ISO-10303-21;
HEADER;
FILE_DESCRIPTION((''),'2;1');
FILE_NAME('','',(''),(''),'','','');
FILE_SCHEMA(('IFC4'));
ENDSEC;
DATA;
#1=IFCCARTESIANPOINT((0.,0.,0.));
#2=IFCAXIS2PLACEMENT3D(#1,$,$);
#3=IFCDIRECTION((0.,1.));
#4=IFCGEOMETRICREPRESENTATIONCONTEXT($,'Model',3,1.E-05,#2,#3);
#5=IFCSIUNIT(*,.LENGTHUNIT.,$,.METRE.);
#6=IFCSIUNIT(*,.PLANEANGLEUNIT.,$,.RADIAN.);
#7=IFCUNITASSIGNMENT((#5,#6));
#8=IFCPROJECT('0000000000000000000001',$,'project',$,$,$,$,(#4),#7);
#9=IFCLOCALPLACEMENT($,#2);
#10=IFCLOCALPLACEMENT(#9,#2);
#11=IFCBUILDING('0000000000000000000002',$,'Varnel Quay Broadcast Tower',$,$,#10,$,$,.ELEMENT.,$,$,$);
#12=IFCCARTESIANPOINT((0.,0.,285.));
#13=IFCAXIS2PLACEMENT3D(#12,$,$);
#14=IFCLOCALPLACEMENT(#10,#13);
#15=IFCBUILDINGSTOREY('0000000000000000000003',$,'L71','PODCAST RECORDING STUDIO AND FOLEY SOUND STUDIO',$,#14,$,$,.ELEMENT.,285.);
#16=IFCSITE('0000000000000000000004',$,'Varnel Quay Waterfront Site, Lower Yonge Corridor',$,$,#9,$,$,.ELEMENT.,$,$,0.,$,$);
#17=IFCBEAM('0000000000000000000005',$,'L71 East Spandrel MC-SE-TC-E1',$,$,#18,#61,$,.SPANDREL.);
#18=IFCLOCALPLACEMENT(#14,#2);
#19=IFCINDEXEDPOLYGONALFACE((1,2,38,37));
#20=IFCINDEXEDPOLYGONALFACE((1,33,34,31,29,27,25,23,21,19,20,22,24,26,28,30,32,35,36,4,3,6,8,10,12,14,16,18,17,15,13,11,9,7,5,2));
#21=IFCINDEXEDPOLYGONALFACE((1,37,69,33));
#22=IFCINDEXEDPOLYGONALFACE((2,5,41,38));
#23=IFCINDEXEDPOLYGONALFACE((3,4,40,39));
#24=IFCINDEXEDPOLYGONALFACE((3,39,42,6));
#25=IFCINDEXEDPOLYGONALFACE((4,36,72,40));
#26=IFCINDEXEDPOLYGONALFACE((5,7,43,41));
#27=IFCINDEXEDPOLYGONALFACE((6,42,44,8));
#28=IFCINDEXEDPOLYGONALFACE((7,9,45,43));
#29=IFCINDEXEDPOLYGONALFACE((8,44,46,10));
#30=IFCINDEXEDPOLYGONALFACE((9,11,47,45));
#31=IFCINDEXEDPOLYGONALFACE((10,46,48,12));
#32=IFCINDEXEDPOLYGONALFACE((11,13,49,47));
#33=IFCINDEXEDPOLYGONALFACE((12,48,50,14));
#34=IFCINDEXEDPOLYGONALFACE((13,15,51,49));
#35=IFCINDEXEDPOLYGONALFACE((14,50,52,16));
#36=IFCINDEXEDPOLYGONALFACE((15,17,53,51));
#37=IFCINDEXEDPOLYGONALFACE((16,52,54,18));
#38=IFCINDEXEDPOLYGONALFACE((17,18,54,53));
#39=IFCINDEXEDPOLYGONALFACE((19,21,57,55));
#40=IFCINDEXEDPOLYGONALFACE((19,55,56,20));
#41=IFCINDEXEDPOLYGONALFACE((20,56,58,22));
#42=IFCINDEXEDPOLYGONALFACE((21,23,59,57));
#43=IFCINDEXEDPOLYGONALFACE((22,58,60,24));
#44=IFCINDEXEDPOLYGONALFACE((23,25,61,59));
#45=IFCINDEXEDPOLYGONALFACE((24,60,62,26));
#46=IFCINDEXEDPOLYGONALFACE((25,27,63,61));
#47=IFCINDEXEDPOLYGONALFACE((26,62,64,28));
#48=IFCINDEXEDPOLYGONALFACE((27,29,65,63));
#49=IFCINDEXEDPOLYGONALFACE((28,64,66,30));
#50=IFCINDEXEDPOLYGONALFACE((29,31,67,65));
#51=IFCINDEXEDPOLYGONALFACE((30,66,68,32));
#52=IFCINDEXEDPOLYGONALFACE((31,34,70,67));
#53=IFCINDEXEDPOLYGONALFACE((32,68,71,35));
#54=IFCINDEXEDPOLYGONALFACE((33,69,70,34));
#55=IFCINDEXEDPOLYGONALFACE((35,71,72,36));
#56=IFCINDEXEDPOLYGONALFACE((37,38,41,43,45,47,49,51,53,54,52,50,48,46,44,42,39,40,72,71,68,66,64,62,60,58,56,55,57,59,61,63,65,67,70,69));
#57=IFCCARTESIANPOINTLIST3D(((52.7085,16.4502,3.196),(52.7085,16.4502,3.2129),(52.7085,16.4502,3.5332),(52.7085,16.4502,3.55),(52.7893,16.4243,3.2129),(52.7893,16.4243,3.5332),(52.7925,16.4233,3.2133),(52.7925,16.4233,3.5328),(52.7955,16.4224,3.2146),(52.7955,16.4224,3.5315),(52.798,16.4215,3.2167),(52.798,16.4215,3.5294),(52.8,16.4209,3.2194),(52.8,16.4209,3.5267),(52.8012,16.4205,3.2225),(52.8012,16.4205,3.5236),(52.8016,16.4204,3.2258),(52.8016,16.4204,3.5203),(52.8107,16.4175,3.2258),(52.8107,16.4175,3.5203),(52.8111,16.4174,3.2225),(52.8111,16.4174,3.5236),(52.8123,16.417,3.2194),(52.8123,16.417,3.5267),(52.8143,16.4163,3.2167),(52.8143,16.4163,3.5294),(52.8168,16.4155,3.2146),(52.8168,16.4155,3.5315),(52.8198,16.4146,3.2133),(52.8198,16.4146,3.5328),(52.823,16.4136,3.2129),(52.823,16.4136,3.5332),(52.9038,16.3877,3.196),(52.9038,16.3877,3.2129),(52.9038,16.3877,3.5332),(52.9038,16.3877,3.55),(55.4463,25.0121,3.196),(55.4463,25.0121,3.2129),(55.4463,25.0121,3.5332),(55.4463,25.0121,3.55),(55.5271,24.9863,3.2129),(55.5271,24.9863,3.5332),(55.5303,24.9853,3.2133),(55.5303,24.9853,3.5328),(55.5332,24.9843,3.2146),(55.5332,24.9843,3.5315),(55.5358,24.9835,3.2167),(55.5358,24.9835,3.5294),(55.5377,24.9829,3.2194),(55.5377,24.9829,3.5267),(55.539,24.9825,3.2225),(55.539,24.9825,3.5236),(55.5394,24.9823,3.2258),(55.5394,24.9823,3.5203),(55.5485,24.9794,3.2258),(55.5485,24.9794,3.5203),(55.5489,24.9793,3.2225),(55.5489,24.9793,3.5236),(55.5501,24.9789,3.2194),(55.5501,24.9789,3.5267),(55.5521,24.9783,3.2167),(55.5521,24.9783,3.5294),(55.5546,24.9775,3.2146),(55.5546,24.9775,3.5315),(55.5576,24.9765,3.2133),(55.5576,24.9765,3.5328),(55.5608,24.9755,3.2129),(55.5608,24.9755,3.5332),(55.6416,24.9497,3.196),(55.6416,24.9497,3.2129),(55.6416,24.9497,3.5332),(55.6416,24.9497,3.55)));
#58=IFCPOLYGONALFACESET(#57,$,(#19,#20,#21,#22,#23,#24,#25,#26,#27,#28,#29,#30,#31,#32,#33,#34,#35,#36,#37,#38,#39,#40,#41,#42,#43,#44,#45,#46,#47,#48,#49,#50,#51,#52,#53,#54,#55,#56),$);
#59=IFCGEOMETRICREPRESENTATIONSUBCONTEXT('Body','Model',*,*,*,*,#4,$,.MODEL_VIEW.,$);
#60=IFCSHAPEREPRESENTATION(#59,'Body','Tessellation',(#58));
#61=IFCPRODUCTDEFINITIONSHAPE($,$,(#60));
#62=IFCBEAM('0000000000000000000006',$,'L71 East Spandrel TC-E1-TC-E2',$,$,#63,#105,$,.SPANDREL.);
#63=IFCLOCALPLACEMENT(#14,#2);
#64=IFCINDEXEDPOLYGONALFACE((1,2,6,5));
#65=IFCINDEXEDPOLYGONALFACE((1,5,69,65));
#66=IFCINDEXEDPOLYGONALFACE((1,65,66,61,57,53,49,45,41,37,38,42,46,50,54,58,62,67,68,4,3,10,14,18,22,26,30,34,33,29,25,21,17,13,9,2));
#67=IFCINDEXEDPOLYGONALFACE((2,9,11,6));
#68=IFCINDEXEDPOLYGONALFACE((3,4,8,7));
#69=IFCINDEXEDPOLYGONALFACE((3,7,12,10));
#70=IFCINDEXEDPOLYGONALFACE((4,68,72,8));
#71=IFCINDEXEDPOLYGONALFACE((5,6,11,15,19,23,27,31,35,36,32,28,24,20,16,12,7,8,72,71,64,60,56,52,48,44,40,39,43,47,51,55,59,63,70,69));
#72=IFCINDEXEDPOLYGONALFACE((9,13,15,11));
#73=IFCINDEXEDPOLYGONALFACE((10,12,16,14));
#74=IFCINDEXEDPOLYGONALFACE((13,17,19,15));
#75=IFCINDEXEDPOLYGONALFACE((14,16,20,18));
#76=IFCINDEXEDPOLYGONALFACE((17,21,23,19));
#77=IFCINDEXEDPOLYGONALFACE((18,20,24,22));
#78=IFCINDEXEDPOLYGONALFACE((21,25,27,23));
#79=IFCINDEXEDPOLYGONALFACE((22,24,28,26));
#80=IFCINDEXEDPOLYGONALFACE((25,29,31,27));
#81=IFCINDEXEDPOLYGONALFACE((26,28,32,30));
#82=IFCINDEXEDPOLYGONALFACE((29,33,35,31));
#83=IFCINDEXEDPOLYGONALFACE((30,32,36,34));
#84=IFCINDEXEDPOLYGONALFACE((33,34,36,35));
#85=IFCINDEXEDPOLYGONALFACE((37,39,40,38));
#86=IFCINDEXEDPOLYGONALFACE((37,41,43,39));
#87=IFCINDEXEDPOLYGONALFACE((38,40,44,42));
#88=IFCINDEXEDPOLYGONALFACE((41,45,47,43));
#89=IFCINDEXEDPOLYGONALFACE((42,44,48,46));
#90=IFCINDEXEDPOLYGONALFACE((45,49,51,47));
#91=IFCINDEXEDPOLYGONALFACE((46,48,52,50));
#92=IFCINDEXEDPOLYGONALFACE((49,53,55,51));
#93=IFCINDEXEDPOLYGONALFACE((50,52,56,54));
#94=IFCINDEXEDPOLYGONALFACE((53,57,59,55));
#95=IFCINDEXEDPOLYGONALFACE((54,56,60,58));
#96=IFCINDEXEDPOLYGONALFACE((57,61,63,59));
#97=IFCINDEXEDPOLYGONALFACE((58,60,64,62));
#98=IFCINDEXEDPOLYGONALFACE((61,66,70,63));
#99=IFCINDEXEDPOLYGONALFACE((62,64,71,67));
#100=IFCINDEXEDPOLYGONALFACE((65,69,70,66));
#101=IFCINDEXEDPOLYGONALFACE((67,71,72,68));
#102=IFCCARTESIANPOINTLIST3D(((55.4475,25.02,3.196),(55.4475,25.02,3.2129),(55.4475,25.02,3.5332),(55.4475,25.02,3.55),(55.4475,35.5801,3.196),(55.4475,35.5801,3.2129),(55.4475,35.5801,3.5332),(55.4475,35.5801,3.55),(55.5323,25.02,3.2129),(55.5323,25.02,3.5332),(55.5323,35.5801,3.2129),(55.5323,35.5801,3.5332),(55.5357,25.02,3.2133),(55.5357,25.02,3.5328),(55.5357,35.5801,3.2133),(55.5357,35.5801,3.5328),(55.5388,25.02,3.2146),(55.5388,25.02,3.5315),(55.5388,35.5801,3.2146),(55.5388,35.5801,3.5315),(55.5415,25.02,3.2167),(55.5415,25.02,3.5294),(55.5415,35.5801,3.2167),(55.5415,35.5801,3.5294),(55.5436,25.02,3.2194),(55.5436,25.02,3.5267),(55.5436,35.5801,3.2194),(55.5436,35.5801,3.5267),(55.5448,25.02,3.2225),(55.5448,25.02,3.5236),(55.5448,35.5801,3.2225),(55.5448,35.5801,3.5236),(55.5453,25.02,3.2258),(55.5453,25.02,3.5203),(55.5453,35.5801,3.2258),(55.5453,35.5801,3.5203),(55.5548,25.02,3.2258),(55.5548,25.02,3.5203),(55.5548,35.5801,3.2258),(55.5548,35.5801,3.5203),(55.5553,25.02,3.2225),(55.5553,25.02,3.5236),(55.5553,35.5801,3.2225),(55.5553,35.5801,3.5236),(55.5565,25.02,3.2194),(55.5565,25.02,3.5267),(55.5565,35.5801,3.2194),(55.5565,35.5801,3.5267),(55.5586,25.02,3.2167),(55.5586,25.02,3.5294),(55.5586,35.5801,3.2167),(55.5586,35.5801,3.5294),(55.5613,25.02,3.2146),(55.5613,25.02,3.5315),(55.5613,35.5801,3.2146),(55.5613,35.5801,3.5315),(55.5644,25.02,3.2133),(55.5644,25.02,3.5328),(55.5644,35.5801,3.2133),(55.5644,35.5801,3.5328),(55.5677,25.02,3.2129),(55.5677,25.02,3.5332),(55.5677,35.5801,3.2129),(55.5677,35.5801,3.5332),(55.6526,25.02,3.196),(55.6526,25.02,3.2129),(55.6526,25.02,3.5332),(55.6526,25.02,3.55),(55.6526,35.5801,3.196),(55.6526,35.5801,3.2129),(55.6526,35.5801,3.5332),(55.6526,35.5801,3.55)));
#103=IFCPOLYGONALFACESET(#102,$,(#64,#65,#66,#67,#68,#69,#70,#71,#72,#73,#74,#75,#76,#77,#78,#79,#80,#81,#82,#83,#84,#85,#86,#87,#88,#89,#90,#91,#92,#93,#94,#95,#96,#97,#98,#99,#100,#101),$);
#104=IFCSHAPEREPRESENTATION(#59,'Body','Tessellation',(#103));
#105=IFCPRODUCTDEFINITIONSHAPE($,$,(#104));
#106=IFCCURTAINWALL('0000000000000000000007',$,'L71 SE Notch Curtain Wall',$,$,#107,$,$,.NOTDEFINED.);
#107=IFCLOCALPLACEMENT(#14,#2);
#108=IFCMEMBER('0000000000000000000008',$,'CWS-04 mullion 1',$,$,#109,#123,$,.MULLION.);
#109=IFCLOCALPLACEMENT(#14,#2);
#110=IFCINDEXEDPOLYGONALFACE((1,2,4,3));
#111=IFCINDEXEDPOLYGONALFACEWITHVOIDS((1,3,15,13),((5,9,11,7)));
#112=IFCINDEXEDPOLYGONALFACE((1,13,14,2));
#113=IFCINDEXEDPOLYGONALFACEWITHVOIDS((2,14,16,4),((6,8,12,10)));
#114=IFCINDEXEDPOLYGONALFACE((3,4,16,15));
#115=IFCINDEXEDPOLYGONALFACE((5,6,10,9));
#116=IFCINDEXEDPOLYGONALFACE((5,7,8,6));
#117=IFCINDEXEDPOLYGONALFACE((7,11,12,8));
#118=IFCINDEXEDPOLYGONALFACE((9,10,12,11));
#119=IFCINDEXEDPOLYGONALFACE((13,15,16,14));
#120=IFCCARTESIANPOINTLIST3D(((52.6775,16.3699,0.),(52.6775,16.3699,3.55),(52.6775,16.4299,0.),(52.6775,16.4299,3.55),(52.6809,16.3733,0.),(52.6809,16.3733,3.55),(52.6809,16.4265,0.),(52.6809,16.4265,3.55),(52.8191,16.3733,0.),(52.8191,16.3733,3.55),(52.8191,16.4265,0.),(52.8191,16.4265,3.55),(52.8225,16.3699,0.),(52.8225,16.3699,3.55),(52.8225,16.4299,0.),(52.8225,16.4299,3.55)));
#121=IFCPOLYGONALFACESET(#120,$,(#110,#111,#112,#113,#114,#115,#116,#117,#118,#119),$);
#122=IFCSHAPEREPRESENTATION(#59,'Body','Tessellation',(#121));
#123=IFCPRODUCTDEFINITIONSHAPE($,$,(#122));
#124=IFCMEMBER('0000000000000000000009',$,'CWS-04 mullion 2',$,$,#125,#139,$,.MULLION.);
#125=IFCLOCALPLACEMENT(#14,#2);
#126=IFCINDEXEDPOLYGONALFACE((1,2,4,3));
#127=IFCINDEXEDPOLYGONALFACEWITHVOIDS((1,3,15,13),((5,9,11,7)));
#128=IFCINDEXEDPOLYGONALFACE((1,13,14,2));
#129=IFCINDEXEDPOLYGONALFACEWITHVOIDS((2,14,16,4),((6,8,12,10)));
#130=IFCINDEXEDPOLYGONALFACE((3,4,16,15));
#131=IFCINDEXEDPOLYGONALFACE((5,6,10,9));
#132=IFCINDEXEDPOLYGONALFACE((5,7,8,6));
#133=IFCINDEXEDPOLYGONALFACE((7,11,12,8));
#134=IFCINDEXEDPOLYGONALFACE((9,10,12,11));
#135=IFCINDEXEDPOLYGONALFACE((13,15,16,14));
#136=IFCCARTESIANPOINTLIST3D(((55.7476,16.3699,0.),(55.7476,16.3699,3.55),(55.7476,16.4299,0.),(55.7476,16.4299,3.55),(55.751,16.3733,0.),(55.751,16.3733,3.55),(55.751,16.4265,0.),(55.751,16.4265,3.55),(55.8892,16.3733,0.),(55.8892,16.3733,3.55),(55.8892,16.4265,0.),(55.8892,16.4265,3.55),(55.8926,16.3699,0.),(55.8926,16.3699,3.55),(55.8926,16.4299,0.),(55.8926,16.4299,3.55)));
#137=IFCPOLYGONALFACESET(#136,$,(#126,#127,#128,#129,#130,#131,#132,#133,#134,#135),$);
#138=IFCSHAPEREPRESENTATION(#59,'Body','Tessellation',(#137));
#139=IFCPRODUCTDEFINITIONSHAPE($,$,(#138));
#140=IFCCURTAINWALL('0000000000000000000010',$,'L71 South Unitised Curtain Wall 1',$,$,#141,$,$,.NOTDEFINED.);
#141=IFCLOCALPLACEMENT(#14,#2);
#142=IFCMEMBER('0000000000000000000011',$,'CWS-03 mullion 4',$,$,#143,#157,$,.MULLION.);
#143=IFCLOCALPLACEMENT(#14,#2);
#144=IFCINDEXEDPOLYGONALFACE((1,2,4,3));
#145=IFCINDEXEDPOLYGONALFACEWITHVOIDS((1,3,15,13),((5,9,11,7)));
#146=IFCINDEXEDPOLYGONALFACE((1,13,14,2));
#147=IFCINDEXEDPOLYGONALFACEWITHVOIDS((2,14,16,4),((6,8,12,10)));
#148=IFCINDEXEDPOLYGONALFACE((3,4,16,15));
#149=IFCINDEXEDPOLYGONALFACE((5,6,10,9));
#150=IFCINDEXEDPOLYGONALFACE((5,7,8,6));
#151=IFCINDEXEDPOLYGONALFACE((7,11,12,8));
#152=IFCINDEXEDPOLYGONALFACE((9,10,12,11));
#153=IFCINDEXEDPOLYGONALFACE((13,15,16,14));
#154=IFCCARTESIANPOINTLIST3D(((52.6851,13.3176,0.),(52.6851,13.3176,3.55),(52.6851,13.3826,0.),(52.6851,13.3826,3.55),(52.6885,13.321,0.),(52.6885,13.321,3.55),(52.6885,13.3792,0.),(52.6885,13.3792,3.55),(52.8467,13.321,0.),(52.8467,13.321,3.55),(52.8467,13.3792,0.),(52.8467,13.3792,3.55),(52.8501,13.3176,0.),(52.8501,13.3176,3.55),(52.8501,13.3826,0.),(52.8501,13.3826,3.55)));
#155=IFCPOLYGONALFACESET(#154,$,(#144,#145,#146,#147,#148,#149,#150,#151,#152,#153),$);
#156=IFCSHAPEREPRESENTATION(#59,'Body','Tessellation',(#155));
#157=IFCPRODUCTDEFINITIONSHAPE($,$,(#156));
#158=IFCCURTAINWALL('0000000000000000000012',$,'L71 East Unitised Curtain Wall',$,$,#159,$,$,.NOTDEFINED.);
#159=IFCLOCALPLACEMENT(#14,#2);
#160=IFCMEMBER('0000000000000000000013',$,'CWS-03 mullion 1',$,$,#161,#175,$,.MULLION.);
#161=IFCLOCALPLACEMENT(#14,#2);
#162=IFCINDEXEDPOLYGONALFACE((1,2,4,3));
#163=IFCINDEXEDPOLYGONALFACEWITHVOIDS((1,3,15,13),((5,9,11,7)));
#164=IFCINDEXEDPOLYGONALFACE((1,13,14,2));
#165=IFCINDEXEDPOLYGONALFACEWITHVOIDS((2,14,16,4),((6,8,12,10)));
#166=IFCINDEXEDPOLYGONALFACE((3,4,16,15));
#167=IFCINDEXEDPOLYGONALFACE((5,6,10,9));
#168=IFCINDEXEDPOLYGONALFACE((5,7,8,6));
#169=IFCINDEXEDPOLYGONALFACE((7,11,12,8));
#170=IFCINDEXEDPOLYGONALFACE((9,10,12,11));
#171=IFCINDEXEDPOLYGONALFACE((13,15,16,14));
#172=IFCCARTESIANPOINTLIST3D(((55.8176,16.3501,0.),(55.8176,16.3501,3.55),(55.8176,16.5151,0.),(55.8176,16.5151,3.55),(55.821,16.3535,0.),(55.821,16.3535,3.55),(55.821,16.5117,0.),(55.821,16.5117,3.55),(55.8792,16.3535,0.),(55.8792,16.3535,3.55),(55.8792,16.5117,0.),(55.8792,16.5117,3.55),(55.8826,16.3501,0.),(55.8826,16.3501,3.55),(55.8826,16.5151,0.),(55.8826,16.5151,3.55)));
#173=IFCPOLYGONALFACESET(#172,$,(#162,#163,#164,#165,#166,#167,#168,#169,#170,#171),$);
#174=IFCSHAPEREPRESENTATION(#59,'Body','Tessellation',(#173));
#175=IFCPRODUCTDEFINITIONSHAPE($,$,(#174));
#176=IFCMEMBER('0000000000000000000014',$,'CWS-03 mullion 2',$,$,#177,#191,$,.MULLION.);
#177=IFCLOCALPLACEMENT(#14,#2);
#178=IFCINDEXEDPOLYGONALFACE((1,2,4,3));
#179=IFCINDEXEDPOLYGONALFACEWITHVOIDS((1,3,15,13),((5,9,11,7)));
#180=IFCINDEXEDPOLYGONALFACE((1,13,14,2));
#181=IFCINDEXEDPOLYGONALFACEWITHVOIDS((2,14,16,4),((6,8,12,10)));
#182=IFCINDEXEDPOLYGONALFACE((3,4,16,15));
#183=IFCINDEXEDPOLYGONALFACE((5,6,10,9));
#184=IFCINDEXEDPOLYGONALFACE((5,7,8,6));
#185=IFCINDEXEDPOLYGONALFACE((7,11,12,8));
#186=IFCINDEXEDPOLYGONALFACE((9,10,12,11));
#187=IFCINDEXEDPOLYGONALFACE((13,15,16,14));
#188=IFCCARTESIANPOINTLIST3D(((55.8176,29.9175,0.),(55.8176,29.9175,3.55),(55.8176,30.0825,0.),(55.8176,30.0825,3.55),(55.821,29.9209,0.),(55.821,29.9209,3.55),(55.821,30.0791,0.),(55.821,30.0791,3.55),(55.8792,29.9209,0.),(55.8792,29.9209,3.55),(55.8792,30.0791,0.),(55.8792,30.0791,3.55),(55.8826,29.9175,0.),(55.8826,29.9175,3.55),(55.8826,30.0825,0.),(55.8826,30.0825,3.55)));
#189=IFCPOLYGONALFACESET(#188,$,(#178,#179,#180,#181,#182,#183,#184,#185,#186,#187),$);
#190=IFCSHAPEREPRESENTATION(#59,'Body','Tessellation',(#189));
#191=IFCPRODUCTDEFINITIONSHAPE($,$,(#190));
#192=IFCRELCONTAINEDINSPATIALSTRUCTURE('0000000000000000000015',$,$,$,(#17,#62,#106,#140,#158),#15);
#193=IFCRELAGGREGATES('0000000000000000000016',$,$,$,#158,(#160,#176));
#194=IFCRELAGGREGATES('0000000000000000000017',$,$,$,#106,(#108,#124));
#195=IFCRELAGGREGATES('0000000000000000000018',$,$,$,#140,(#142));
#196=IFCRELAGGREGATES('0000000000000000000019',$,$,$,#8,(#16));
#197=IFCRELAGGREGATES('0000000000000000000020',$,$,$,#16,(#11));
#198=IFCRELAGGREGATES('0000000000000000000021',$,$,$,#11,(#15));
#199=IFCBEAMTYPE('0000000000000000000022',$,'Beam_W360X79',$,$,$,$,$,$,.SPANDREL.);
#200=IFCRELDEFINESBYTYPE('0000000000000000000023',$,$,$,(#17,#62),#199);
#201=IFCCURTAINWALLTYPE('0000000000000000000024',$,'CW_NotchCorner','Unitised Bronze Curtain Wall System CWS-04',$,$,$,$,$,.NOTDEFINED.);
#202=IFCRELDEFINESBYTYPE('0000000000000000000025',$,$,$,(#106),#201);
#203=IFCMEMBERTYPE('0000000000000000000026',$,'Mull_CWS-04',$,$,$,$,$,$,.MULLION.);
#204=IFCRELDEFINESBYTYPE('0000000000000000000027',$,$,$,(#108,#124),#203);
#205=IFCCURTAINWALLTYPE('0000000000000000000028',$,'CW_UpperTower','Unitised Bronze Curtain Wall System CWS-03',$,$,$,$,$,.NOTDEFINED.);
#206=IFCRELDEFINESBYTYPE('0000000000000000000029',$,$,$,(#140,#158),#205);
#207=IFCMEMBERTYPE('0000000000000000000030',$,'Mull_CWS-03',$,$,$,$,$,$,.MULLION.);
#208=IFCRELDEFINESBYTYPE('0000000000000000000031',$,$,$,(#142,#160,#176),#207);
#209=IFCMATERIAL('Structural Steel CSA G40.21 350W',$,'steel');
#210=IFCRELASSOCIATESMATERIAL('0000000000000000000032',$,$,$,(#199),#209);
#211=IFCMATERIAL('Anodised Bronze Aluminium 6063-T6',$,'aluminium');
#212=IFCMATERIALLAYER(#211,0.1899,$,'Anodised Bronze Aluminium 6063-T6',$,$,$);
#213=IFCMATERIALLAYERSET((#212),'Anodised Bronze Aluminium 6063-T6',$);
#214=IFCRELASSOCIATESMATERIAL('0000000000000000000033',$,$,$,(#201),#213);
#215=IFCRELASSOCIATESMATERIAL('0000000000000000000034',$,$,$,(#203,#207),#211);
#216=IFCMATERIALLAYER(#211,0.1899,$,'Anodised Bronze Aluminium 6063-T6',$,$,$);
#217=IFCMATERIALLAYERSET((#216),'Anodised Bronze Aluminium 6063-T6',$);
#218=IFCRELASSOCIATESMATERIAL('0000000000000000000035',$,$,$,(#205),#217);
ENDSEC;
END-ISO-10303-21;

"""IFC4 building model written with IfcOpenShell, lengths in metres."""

from ifc_helpers import new_model, si_unit, direction, frame, origin, origin_2d, place, context, subcontext, project, spatial, hollow_rectangle, i_section, extrude, source, transform, mapped, material, layer, layer_set, material_profile, profile_set, type_object, type_shapes, element, aggregate, save


model = new_model("IFC4")

# Units and contexts
model_context = context("Model", 3, precision=1e-05, world=origin(), true_north=direction((0.0, 1.0)))
body_context = subcontext(model_context, "Body", "Model", "MODEL_VIEW")
ifc_project = project(units=[si_unit("LENGTHUNIT", "METRE"), si_unit("PLANEANGLEUNIT", "RADIAN")], contexts=[model_context])

# Site, building, storey
site_placement = place(None, origin())
site = spatial("IfcSite", under=ifc_project, at=site_placement, Name="Varnel Quay Waterfront Site, Lower Yonge Corridor", CompositionType="ELEMENT", RefElevation=0.0)
building_placement = place(site_placement, origin())
building = spatial("IfcBuilding", under=site, at=building_placement, Name="Varnel Quay Broadcast Tower", CompositionType="ELEMENT")
storey_placement = place(building_placement, frame((0.0, 0.0, 285.0)))
storey = spatial("IfcBuildingStorey", under=building, at=storey_placement, Name="L71", Description="PODCAST RECORDING STUDIO AND FOLEY SOUND STUDIO", CompositionType="ELEMENT", Elevation=285.0)

# Shared definitions
ifc_material_1 = material(Name="Structural Steel CSA G40.21 350W", Category="steel")

# Beams
ifc_material_profile_1 = material_profile(ifc_material_1, i_section(OverallWidth=0.2051, OverallDepth=0.354, WebThickness=0.0095, FlangeThickness=0.0168, FilletRadius=0.0129, at=origin_2d()), Name="W360X79")
ifc_profile_set_1 = profile_set([ifc_material_profile_1], Name="Structural Steel CSA G40.21 350W")
beam_type = type_object("IfcBeamType", Name="Beam_W360X79", PredefinedType="SPANDREL", material=ifc_profile_set_1)
shared_shape_1 = source(origin(), body_context, "Body", "SweptSolid", [
    extrude(i_section(OverallWidth=0.2051, OverallDepth=0.354, WebThickness=0.0095, FlangeThickness=0.0168, FilletRadius=0.0129, at=origin_2d()), origin(), (0.0, 0.0, 1.0), 8.989),
])
beam_1_placement = place(storey_placement, frame((52.8062, 16.4189, 3.373), z_axis=(0.304569, 0.95249, 0.0), x_axis=(-0.95249, 0.304569, 0.0)))
element("IfcBeam", 1, at=beam_1_placement, inside=storey, type_object=beam_type, Name="L71 East Spandrel MC-SE-TC-E1", PredefinedType="SPANDREL", context=body_context, shape_type="MappedRepresentation", body=[
    mapped(shared_shape_1, transform((0.0, 0.0, 0.0), x_axis=(1.0, 0.0, 0.0), y_axis=(0.0, 1.0, 0.0), z_axis=(0.0, 0.0, 1.0), scale=1.0)),
])
shared_shape_2 = source(origin(), body_context, "Body", "SweptSolid", [
    extrude(i_section(OverallWidth=0.2051, OverallDepth=0.354, WebThickness=0.0095, FlangeThickness=0.0168, FilletRadius=0.0129, at=origin_2d()), origin(), (0.0, 0.0, 1.0), 10.5601),
])
beam_2_placement = place(storey_placement, frame((55.55, 25.02, 3.373), z_axis=(0.0, 1.0, 0.0), x_axis=(-1.0, 0.0, 0.0)))
element("IfcBeam", 2, at=beam_2_placement, inside=storey, type_object=beam_type, Name="L71 East Spandrel TC-E1-TC-E2", PredefinedType="SPANDREL", context=body_context, shape_type="MappedRepresentation", body=[
    mapped(shared_shape_2, transform((0.0, 0.0, 0.0), x_axis=(1.0, 0.0, 0.0), y_axis=(0.0, 1.0, 0.0), z_axis=(0.0, 0.0, 1.0), scale=1.0)),
])

# Curtain wall, members
ifc_material_2 = material(Name="Anodised Bronze Aluminium 6063-T6", Category="aluminium")
ifc_layer_1 = layer(ifc_material_2, 0.1899, Name="Anodised Bronze Aluminium 6063-T6")
ifc_layer_set_1 = layer_set([ifc_layer_1], Name="Anodised Bronze Aluminium 6063-T6")
curtain_wall_type_1 = type_object("IfcCurtainWallType", Name="CW_NotchCorner", Description="Unitised Bronze Curtain Wall System CWS-04", PredefinedType="NOTDEFINED", material=ifc_layer_set_1)
curtain_wall_1_placement = place(storey_placement, origin())
curtain_wall_1 = element("IfcCurtainWall", 3, at=curtain_wall_1_placement, inside=storey, type_object=curtain_wall_type_1, Name="L71 SE Notch Curtain Wall", PredefinedType="NOTDEFINED")
ifc_material_profile_2 = material_profile(ifc_material_2, hollow_rectangle(XDim=0.0601, YDim=0.145, WallThickness=0.0034, at=origin_2d()), Name="ALU60X145X3.5")
ifc_profile_set_2 = profile_set([ifc_material_profile_2], Name="Anodised Bronze Aluminium 6063-T6")
member_type_1 = type_object("IfcMemberType", Name="Mull_CWS-04", PredefinedType="MULLION", material=ifc_profile_set_2)
shared_shape_3 = source(origin(), body_context, "Body", "SweptSolid", [
    extrude(hollow_rectangle(XDim=0.0601, YDim=0.145, WallThickness=0.0034, at=origin_2d()), origin(), (0.0, 0.0, 1.0), 3.55),
])
type_shapes(member_type_1, [shared_shape_3])
member_1_placement = place(storey_placement, frame((52.75, 16.3999, 0.0), z_axis=(0.0, 0.0, 1.0), x_axis=(0.0, 1.0, 0.0)))
member_1 = element("IfcMember", 4, at=member_1_placement, type_object=member_type_1, Name="CWS-04 mullion 1", PredefinedType="MULLION", context=body_context, shape_type="MappedRepresentation", body=[
    mapped(shared_shape_3, transform((0.0, 0.0, 0.0), x_axis=(1.0, 0.0, 0.0), y_axis=(0.0, 1.0, 0.0), z_axis=(0.0, 0.0, 1.0), scale=1.0)),
])
member_2_placement = place(storey_placement, frame((55.8201, 16.3999, 0.0), z_axis=(0.0, 0.0, 1.0), x_axis=(0.0, 1.0, 0.0)))
member_2 = element("IfcMember", 5, at=member_2_placement, type_object=member_type_1, Name="CWS-04 mullion 2", PredefinedType="MULLION", context=body_context, shape_type="MappedRepresentation", body=[
    mapped(shared_shape_3, transform((0.0, 0.0, 0.0), x_axis=(1.0, 0.0, 0.0), y_axis=(0.0, 1.0, 0.0), z_axis=(0.0, 0.0, 1.0), scale=1.0)),
])

# Curtain wall, member
ifc_layer_2 = layer(ifc_material_2, 0.1899, Name="Anodised Bronze Aluminium 6063-T6")
ifc_layer_set_2 = layer_set([ifc_layer_2], Name="Anodised Bronze Aluminium 6063-T6")
curtain_wall_type_2 = type_object("IfcCurtainWallType", Name="CW_UpperTower", Description="Unitised Bronze Curtain Wall System CWS-03", PredefinedType="NOTDEFINED", material=ifc_layer_set_2)
curtain_wall_2_placement = place(storey_placement, origin())
curtain_wall_2 = element("IfcCurtainWall", 6, at=curtain_wall_2_placement, inside=storey, type_object=curtain_wall_type_2, Name="L71 South Unitised Curtain Wall 1", PredefinedType="NOTDEFINED")
ifc_material_profile_3 = material_profile(ifc_material_2, hollow_rectangle(XDim=0.0649, YDim=0.165, WallThickness=0.0034, at=origin_2d()), Name="ALU65X165X3.5")
ifc_profile_set_3 = profile_set([ifc_material_profile_3], Name="Anodised Bronze Aluminium 6063-T6")
member_type_2 = type_object("IfcMemberType", Name="Mull_CWS-03", PredefinedType="MULLION", material=ifc_profile_set_3)
shared_shape_4 = source(origin(), body_context, "Body", "SweptSolid", [
    extrude(hollow_rectangle(XDim=0.0649, YDim=0.165, WallThickness=0.0034, at=origin_2d()), origin(), (0.0, 0.0, 1.0), 3.55),
])
type_shapes(member_type_2, [shared_shape_4])
member_3_placement = place(storey_placement, frame((52.7676, 13.3501, 0.0), z_axis=(0.0, 0.0, 1.0), x_axis=(0.0, 1.0, 0.0)))
member_3 = element("IfcMember", 7, at=member_3_placement, type_object=member_type_2, Name="CWS-03 mullion 4", PredefinedType="MULLION", context=body_context, shape_type="MappedRepresentation", body=[
    mapped(shared_shape_4, transform((0.0, 0.0, 0.0), x_axis=(1.0, 0.0, 0.0), y_axis=(0.0, 1.0, 0.0), z_axis=(0.0, 0.0, 1.0), scale=1.0)),
])

# Curtain wall, members
curtain_wall_3_placement = place(storey_placement, origin())
curtain_wall_3 = element("IfcCurtainWall", 8, at=curtain_wall_3_placement, inside=storey, type_object=curtain_wall_type_2, Name="L71 East Unitised Curtain Wall", PredefinedType="NOTDEFINED")
member_4_placement = place(storey_placement, frame((55.8501, 16.4326, 0.0), z_axis=(0.0, 0.0, 1.0), x_axis=(-1.0, 0.0, 0.0)))
member_4 = element("IfcMember", 9, at=member_4_placement, type_object=member_type_2, Name="CWS-03 mullion 1", PredefinedType="MULLION", context=body_context, shape_type="MappedRepresentation", body=[
    mapped(shared_shape_4, transform((0.0, 0.0, 0.0), x_axis=(1.0, 0.0, 0.0), y_axis=(0.0, 1.0, 0.0), z_axis=(0.0, 0.0, 1.0), scale=1.0)),
])
member_5_placement = place(storey_placement, frame((55.8501, 30.0, 0.0), z_axis=(0.0, 0.0, 1.0), x_axis=(-1.0, 0.0, 0.0)))
member_5 = element("IfcMember", 10, at=member_5_placement, type_object=member_type_2, Name="CWS-03 mullion 2", PredefinedType="MULLION", context=body_context, shape_type="MappedRepresentation", body=[
    mapped(shared_shape_4, transform((0.0, 0.0, 0.0), x_axis=(1.0, 0.0, 0.0), y_axis=(0.0, 1.0, 0.0), z_axis=(0.0, 0.0, 1.0), scale=1.0)),
])

aggregate(curtain_wall_3, [member_4, member_5])
aggregate(curtain_wall_1, [member_1, member_2])
aggregate(curtain_wall_2, [member_3])

save(model, "model.ifc")
